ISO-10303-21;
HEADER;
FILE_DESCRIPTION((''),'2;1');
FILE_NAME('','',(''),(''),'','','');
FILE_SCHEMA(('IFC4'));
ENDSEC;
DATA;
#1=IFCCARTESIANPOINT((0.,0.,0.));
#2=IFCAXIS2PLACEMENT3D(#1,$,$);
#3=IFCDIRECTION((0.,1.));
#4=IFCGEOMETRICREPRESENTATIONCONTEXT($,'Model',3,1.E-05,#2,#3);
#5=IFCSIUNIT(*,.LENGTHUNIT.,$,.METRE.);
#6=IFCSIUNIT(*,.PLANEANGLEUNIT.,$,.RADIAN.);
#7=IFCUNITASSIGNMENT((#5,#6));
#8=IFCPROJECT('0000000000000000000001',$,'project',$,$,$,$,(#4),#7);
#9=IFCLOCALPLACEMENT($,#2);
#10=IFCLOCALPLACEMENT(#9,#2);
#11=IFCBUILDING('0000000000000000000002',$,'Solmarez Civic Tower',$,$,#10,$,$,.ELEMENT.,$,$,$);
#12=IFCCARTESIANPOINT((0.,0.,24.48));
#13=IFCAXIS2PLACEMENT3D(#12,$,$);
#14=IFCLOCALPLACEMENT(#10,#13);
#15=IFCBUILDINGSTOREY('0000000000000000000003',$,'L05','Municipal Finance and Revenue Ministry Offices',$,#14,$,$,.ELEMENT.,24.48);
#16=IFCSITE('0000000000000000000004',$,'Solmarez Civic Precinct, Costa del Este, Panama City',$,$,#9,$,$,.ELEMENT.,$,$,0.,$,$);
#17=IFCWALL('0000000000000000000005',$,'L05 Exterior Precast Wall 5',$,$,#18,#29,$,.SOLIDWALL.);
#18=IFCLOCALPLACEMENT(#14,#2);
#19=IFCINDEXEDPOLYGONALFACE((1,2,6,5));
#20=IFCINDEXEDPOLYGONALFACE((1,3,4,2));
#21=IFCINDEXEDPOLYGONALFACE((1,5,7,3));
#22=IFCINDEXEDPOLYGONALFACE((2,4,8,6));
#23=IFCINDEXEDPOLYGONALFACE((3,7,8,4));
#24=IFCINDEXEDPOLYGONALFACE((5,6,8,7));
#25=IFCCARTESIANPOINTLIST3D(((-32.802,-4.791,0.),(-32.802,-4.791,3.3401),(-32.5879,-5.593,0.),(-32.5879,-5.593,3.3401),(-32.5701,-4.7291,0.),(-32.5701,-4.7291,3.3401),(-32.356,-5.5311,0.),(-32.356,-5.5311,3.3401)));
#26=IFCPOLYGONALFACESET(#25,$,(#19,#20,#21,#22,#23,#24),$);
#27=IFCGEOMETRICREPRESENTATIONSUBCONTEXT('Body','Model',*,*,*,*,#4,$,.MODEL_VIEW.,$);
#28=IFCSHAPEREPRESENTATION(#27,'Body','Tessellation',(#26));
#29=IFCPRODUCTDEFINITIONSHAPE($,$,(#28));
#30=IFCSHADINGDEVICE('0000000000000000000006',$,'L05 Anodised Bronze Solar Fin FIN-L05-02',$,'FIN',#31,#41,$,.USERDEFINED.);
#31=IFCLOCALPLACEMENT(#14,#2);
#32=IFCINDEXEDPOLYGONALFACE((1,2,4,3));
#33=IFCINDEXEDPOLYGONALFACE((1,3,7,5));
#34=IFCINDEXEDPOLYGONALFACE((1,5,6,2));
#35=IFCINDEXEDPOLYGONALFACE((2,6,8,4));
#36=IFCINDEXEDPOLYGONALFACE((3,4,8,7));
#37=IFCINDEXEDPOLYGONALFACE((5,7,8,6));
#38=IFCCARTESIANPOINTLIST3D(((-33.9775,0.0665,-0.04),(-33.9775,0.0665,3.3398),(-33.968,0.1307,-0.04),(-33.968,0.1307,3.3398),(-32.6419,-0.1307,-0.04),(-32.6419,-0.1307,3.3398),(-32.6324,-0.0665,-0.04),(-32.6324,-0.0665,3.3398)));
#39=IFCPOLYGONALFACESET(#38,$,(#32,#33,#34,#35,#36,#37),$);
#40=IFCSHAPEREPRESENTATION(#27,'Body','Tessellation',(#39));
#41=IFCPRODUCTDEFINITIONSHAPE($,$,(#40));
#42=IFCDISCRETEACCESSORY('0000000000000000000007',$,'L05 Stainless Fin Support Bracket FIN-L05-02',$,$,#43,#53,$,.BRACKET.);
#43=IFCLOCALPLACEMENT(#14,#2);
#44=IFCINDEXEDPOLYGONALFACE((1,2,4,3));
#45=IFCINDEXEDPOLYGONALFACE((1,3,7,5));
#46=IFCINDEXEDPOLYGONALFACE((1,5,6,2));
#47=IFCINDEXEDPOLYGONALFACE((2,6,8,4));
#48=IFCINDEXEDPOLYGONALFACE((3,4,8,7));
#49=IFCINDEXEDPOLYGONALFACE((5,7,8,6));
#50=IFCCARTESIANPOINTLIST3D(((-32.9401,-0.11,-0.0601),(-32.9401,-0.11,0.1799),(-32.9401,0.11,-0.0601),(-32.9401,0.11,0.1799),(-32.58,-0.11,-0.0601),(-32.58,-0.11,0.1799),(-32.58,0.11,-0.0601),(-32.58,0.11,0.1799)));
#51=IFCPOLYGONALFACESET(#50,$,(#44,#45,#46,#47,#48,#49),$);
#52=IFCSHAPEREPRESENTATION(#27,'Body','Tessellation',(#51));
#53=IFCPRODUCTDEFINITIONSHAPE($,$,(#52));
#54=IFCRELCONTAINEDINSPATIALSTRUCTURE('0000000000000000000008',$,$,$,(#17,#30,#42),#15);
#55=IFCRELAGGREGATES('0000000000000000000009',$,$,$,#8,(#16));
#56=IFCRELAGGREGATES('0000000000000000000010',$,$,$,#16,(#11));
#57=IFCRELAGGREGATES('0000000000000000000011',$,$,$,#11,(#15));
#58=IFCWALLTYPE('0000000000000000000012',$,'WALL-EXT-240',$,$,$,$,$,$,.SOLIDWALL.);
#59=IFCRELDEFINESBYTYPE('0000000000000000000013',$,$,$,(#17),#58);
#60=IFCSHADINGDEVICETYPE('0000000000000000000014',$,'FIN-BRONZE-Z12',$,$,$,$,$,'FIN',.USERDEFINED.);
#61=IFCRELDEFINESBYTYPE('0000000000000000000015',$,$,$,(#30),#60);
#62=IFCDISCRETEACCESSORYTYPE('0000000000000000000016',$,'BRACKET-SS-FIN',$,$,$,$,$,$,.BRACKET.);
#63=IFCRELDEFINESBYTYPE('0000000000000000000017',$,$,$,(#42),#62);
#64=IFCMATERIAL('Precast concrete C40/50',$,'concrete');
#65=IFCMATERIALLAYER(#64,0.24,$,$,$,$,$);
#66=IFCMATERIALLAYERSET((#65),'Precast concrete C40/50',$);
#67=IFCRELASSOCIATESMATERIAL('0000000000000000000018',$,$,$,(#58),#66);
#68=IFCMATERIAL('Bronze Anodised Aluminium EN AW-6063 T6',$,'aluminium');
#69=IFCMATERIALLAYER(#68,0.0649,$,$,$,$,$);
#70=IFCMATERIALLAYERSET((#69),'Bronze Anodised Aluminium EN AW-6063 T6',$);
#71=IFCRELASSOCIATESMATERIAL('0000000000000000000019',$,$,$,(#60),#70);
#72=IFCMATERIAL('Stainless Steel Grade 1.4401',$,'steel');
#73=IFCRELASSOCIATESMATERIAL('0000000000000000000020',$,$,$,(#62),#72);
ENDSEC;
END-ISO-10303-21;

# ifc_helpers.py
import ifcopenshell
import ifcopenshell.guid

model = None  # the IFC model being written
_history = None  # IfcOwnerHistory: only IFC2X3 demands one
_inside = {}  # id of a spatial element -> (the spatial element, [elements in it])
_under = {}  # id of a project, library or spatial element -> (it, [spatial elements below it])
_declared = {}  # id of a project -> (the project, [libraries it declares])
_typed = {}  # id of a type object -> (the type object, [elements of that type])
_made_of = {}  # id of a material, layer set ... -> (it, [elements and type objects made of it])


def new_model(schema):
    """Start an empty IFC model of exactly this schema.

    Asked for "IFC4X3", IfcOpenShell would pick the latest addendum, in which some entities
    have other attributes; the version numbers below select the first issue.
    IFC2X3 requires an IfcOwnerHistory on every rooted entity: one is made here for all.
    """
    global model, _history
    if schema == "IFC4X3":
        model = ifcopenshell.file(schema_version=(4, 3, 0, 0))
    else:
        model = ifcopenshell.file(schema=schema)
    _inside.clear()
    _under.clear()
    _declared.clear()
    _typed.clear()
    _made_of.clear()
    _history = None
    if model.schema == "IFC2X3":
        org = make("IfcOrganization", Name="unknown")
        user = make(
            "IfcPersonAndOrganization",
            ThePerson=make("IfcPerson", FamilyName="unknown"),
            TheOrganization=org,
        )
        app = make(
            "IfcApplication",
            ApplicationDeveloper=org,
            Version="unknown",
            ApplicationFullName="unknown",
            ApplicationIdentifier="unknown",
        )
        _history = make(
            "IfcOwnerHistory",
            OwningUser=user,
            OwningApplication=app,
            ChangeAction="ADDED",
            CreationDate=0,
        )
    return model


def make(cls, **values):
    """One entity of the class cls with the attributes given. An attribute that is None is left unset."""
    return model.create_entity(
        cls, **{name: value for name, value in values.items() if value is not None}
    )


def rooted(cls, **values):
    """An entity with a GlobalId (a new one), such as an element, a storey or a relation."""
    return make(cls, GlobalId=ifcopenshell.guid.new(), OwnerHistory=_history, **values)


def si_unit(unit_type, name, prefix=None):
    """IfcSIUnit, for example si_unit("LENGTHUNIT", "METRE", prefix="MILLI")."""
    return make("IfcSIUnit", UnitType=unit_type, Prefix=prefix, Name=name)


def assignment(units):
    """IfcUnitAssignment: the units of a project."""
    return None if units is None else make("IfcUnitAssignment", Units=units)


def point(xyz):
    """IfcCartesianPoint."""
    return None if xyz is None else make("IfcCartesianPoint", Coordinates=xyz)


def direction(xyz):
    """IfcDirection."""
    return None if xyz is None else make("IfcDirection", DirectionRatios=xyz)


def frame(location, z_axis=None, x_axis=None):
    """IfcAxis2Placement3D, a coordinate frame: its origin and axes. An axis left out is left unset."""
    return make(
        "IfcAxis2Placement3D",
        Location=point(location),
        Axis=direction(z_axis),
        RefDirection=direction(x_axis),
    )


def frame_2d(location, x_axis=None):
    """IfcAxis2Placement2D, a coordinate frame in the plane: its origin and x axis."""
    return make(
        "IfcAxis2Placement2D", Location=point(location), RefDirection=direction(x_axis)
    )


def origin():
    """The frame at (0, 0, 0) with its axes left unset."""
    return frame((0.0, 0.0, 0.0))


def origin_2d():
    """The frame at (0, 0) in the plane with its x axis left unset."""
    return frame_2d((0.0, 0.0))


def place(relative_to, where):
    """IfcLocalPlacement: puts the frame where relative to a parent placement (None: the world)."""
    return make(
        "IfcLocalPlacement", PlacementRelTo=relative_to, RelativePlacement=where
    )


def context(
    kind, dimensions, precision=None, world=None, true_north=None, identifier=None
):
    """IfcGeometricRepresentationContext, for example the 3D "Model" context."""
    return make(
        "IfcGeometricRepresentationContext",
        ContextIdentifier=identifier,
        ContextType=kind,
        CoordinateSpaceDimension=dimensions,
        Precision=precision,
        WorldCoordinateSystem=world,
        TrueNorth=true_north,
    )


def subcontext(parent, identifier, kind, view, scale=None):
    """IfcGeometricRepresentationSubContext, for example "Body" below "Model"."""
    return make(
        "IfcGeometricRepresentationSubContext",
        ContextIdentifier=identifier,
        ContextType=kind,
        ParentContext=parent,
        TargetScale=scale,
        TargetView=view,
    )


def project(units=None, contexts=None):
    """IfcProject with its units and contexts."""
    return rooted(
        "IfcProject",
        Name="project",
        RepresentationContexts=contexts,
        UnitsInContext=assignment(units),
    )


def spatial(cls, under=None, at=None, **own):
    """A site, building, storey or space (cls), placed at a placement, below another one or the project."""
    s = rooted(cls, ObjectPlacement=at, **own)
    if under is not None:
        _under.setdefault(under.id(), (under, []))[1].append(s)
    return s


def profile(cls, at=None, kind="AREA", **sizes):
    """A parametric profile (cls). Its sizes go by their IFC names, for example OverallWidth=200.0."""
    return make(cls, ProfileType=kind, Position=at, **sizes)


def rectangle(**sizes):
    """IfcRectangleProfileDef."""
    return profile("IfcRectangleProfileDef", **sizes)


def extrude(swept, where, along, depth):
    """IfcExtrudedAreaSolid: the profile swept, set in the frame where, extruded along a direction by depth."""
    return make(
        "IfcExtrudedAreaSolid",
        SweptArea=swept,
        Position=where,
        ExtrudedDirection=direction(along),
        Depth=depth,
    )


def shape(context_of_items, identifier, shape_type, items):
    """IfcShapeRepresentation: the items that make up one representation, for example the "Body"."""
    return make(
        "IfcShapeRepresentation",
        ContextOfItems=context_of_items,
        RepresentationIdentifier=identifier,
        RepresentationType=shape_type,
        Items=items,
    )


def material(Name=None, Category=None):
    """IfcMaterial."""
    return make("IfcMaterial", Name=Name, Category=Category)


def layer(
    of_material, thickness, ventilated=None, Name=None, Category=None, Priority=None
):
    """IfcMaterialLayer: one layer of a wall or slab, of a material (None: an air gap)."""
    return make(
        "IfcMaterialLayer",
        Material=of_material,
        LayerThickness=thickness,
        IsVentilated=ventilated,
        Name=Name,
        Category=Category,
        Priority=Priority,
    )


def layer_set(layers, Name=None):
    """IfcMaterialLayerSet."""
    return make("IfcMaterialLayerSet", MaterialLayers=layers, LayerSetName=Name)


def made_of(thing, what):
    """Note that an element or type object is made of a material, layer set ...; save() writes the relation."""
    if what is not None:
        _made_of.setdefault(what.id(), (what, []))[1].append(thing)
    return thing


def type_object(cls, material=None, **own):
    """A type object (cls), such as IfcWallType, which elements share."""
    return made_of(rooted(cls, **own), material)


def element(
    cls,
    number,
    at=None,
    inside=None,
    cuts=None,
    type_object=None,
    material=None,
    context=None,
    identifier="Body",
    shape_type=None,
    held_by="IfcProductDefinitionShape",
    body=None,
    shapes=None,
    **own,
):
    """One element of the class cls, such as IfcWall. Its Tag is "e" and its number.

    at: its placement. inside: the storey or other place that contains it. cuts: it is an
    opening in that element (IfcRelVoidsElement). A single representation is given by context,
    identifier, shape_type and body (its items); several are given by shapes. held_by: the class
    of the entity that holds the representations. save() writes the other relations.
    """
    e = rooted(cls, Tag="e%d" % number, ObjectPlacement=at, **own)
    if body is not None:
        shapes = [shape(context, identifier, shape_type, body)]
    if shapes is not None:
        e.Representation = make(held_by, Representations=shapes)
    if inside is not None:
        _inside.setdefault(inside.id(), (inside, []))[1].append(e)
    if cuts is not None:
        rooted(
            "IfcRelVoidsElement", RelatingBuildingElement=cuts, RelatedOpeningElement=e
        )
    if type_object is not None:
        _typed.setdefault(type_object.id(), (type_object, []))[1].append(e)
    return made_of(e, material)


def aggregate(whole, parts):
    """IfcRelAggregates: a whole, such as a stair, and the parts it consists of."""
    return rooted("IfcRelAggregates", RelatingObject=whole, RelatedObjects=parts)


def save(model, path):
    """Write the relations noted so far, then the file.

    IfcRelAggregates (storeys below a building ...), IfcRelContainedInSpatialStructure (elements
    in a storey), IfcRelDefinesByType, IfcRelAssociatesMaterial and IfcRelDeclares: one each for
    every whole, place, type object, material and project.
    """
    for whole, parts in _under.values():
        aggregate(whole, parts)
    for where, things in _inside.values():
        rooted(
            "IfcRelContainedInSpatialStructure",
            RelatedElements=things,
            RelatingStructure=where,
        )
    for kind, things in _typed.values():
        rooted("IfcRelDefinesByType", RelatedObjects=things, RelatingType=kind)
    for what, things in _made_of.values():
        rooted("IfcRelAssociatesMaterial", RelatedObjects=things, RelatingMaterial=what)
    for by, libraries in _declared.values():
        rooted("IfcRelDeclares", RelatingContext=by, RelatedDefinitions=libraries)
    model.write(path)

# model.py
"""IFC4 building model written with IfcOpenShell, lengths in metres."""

from ifc_helpers import new_model, si_unit, direction, frame, frame_2d, origin, origin_2d, place, context, subcontext, project, spatial, rectangle, extrude, material, layer, layer_set, type_object, element, save


model = new_model("IFC4")

# Units and contexts
model_context = context("Model", 3, precision=1e-05, world=origin(), true_north=direction((0.0, 1.0)))
body_context = subcontext(model_context, "Body", "Model", "MODEL_VIEW")
ifc_project = project(units=[si_unit("LENGTHUNIT", "METRE"), si_unit("PLANEANGLEUNIT", "RADIAN")], contexts=[model_context])

# Site, building, storey
site_placement = place(None, origin())
site = spatial("IfcSite", under=ifc_project, at=site_placement, Name="Solmarez Civic Precinct, Costa del Este, Panama City", CompositionType="ELEMENT", RefElevation=0.0)
building_placement = place(site_placement, origin())
building = spatial("IfcBuilding", under=site, at=building_placement, Name="Solmarez Civic Tower", CompositionType="ELEMENT")
storey_placement = place(building_placement, frame((0.0, 0.0, 24.48)))
storey = spatial("IfcBuildingStorey", under=building, at=storey_placement, Name="L05", Description="Municipal Finance and Revenue Ministry Offices", CompositionType="ELEMENT", Elevation=24.48)

# Shared definitions
ifc_material_1 = material(Name="Bronze Anodised Aluminium EN AW-6063 T6", Category="aluminium")

# Wall
ifc_material_2 = material(Name="Precast concrete C40/50", Category="concrete")
ifc_layer_1 = layer(ifc_material_2, 0.24)
ifc_layer_set_1 = layer_set([ifc_layer_1], Name="Precast concrete C40/50")
wall_type = type_object("IfcWallType", Name="WALL-EXT-240", PredefinedType="SOLIDWALL", material=ifc_layer_set_1)
wall_1_placement = place(storey_placement, frame((-32.4719, -5.562, 0.0), z_axis=(0.0, 0.0, 1.0), x_axis=(-0.257937, 0.966162, 0.0)))
element("IfcWall", 1, at=wall_1_placement, inside=storey, type_object=wall_type, Name="L05 Exterior Precast Wall 5", PredefinedType="SOLIDWALL", context=body_context, shape_type="SweptSolid", body=[
    extrude(rectangle(XDim=0.8301, YDim=0.24, at=frame_2d((0.415, 0.0))), origin(), (0.0, 0.0, 1.0), 3.3401),
])

# Shading device
ifc_layer_2 = layer(ifc_material_1, 0.0649)
ifc_layer_set_2 = layer_set([ifc_layer_2], Name="Bronze Anodised Aluminium EN AW-6063 T6")
shading_device_type = type_object("IfcShadingDeviceType", Name="FIN-BRONZE-Z12", ElementType="FIN", PredefinedType="USERDEFINED", material=ifc_layer_set_2)
shading_device_placement = place(storey_placement, frame((-33.3049, 0.0, -0.04), z_axis=(0.0, 0.0, 1.0), x_axis=(-0.989272, 0.146083, 0.0)))
element("IfcShadingDevice", 2, at=shading_device_placement, inside=storey, type_object=shading_device_type, Name="L05 Anodised Bronze Solar Fin FIN-L05-02", ObjectType="FIN", PredefinedType="USERDEFINED", context=body_context, shape_type="SweptSolid", body=[
    extrude(rectangle(XDim=1.3501, YDim=0.0649, at=origin_2d()), origin(), (0.0, 0.0, 1.0), 3.3799),
])

# Discrete accessory
ifc_material_3 = material(Name="Stainless Steel Grade 1.4401", Category="steel")
discrete_accessory_type = type_object("IfcDiscreteAccessoryType", Name="BRACKET-SS-FIN", PredefinedType="BRACKET", material=ifc_material_3)
discrete_accessory_placement = place(storey_placement, frame((-32.76, 0.0, -0.0601), z_axis=(0.0, 0.0, 1.0), x_axis=(-1.0, 0.0, 0.0)))
element("IfcDiscreteAccessory", 3, at=discrete_accessory_placement, inside=storey, type_object=discrete_accessory_type, Name="L05 Stainless Fin Support Bracket FIN-L05-02", PredefinedType="BRACKET", context=body_context, shape_type="SweptSolid", body=[
    extrude(rectangle(XDim=0.3601, YDim=0.22, at=origin_2d()), origin(), (0.0, 0.0, 1.0), 0.24),
])

save(model, "model.ifc")
